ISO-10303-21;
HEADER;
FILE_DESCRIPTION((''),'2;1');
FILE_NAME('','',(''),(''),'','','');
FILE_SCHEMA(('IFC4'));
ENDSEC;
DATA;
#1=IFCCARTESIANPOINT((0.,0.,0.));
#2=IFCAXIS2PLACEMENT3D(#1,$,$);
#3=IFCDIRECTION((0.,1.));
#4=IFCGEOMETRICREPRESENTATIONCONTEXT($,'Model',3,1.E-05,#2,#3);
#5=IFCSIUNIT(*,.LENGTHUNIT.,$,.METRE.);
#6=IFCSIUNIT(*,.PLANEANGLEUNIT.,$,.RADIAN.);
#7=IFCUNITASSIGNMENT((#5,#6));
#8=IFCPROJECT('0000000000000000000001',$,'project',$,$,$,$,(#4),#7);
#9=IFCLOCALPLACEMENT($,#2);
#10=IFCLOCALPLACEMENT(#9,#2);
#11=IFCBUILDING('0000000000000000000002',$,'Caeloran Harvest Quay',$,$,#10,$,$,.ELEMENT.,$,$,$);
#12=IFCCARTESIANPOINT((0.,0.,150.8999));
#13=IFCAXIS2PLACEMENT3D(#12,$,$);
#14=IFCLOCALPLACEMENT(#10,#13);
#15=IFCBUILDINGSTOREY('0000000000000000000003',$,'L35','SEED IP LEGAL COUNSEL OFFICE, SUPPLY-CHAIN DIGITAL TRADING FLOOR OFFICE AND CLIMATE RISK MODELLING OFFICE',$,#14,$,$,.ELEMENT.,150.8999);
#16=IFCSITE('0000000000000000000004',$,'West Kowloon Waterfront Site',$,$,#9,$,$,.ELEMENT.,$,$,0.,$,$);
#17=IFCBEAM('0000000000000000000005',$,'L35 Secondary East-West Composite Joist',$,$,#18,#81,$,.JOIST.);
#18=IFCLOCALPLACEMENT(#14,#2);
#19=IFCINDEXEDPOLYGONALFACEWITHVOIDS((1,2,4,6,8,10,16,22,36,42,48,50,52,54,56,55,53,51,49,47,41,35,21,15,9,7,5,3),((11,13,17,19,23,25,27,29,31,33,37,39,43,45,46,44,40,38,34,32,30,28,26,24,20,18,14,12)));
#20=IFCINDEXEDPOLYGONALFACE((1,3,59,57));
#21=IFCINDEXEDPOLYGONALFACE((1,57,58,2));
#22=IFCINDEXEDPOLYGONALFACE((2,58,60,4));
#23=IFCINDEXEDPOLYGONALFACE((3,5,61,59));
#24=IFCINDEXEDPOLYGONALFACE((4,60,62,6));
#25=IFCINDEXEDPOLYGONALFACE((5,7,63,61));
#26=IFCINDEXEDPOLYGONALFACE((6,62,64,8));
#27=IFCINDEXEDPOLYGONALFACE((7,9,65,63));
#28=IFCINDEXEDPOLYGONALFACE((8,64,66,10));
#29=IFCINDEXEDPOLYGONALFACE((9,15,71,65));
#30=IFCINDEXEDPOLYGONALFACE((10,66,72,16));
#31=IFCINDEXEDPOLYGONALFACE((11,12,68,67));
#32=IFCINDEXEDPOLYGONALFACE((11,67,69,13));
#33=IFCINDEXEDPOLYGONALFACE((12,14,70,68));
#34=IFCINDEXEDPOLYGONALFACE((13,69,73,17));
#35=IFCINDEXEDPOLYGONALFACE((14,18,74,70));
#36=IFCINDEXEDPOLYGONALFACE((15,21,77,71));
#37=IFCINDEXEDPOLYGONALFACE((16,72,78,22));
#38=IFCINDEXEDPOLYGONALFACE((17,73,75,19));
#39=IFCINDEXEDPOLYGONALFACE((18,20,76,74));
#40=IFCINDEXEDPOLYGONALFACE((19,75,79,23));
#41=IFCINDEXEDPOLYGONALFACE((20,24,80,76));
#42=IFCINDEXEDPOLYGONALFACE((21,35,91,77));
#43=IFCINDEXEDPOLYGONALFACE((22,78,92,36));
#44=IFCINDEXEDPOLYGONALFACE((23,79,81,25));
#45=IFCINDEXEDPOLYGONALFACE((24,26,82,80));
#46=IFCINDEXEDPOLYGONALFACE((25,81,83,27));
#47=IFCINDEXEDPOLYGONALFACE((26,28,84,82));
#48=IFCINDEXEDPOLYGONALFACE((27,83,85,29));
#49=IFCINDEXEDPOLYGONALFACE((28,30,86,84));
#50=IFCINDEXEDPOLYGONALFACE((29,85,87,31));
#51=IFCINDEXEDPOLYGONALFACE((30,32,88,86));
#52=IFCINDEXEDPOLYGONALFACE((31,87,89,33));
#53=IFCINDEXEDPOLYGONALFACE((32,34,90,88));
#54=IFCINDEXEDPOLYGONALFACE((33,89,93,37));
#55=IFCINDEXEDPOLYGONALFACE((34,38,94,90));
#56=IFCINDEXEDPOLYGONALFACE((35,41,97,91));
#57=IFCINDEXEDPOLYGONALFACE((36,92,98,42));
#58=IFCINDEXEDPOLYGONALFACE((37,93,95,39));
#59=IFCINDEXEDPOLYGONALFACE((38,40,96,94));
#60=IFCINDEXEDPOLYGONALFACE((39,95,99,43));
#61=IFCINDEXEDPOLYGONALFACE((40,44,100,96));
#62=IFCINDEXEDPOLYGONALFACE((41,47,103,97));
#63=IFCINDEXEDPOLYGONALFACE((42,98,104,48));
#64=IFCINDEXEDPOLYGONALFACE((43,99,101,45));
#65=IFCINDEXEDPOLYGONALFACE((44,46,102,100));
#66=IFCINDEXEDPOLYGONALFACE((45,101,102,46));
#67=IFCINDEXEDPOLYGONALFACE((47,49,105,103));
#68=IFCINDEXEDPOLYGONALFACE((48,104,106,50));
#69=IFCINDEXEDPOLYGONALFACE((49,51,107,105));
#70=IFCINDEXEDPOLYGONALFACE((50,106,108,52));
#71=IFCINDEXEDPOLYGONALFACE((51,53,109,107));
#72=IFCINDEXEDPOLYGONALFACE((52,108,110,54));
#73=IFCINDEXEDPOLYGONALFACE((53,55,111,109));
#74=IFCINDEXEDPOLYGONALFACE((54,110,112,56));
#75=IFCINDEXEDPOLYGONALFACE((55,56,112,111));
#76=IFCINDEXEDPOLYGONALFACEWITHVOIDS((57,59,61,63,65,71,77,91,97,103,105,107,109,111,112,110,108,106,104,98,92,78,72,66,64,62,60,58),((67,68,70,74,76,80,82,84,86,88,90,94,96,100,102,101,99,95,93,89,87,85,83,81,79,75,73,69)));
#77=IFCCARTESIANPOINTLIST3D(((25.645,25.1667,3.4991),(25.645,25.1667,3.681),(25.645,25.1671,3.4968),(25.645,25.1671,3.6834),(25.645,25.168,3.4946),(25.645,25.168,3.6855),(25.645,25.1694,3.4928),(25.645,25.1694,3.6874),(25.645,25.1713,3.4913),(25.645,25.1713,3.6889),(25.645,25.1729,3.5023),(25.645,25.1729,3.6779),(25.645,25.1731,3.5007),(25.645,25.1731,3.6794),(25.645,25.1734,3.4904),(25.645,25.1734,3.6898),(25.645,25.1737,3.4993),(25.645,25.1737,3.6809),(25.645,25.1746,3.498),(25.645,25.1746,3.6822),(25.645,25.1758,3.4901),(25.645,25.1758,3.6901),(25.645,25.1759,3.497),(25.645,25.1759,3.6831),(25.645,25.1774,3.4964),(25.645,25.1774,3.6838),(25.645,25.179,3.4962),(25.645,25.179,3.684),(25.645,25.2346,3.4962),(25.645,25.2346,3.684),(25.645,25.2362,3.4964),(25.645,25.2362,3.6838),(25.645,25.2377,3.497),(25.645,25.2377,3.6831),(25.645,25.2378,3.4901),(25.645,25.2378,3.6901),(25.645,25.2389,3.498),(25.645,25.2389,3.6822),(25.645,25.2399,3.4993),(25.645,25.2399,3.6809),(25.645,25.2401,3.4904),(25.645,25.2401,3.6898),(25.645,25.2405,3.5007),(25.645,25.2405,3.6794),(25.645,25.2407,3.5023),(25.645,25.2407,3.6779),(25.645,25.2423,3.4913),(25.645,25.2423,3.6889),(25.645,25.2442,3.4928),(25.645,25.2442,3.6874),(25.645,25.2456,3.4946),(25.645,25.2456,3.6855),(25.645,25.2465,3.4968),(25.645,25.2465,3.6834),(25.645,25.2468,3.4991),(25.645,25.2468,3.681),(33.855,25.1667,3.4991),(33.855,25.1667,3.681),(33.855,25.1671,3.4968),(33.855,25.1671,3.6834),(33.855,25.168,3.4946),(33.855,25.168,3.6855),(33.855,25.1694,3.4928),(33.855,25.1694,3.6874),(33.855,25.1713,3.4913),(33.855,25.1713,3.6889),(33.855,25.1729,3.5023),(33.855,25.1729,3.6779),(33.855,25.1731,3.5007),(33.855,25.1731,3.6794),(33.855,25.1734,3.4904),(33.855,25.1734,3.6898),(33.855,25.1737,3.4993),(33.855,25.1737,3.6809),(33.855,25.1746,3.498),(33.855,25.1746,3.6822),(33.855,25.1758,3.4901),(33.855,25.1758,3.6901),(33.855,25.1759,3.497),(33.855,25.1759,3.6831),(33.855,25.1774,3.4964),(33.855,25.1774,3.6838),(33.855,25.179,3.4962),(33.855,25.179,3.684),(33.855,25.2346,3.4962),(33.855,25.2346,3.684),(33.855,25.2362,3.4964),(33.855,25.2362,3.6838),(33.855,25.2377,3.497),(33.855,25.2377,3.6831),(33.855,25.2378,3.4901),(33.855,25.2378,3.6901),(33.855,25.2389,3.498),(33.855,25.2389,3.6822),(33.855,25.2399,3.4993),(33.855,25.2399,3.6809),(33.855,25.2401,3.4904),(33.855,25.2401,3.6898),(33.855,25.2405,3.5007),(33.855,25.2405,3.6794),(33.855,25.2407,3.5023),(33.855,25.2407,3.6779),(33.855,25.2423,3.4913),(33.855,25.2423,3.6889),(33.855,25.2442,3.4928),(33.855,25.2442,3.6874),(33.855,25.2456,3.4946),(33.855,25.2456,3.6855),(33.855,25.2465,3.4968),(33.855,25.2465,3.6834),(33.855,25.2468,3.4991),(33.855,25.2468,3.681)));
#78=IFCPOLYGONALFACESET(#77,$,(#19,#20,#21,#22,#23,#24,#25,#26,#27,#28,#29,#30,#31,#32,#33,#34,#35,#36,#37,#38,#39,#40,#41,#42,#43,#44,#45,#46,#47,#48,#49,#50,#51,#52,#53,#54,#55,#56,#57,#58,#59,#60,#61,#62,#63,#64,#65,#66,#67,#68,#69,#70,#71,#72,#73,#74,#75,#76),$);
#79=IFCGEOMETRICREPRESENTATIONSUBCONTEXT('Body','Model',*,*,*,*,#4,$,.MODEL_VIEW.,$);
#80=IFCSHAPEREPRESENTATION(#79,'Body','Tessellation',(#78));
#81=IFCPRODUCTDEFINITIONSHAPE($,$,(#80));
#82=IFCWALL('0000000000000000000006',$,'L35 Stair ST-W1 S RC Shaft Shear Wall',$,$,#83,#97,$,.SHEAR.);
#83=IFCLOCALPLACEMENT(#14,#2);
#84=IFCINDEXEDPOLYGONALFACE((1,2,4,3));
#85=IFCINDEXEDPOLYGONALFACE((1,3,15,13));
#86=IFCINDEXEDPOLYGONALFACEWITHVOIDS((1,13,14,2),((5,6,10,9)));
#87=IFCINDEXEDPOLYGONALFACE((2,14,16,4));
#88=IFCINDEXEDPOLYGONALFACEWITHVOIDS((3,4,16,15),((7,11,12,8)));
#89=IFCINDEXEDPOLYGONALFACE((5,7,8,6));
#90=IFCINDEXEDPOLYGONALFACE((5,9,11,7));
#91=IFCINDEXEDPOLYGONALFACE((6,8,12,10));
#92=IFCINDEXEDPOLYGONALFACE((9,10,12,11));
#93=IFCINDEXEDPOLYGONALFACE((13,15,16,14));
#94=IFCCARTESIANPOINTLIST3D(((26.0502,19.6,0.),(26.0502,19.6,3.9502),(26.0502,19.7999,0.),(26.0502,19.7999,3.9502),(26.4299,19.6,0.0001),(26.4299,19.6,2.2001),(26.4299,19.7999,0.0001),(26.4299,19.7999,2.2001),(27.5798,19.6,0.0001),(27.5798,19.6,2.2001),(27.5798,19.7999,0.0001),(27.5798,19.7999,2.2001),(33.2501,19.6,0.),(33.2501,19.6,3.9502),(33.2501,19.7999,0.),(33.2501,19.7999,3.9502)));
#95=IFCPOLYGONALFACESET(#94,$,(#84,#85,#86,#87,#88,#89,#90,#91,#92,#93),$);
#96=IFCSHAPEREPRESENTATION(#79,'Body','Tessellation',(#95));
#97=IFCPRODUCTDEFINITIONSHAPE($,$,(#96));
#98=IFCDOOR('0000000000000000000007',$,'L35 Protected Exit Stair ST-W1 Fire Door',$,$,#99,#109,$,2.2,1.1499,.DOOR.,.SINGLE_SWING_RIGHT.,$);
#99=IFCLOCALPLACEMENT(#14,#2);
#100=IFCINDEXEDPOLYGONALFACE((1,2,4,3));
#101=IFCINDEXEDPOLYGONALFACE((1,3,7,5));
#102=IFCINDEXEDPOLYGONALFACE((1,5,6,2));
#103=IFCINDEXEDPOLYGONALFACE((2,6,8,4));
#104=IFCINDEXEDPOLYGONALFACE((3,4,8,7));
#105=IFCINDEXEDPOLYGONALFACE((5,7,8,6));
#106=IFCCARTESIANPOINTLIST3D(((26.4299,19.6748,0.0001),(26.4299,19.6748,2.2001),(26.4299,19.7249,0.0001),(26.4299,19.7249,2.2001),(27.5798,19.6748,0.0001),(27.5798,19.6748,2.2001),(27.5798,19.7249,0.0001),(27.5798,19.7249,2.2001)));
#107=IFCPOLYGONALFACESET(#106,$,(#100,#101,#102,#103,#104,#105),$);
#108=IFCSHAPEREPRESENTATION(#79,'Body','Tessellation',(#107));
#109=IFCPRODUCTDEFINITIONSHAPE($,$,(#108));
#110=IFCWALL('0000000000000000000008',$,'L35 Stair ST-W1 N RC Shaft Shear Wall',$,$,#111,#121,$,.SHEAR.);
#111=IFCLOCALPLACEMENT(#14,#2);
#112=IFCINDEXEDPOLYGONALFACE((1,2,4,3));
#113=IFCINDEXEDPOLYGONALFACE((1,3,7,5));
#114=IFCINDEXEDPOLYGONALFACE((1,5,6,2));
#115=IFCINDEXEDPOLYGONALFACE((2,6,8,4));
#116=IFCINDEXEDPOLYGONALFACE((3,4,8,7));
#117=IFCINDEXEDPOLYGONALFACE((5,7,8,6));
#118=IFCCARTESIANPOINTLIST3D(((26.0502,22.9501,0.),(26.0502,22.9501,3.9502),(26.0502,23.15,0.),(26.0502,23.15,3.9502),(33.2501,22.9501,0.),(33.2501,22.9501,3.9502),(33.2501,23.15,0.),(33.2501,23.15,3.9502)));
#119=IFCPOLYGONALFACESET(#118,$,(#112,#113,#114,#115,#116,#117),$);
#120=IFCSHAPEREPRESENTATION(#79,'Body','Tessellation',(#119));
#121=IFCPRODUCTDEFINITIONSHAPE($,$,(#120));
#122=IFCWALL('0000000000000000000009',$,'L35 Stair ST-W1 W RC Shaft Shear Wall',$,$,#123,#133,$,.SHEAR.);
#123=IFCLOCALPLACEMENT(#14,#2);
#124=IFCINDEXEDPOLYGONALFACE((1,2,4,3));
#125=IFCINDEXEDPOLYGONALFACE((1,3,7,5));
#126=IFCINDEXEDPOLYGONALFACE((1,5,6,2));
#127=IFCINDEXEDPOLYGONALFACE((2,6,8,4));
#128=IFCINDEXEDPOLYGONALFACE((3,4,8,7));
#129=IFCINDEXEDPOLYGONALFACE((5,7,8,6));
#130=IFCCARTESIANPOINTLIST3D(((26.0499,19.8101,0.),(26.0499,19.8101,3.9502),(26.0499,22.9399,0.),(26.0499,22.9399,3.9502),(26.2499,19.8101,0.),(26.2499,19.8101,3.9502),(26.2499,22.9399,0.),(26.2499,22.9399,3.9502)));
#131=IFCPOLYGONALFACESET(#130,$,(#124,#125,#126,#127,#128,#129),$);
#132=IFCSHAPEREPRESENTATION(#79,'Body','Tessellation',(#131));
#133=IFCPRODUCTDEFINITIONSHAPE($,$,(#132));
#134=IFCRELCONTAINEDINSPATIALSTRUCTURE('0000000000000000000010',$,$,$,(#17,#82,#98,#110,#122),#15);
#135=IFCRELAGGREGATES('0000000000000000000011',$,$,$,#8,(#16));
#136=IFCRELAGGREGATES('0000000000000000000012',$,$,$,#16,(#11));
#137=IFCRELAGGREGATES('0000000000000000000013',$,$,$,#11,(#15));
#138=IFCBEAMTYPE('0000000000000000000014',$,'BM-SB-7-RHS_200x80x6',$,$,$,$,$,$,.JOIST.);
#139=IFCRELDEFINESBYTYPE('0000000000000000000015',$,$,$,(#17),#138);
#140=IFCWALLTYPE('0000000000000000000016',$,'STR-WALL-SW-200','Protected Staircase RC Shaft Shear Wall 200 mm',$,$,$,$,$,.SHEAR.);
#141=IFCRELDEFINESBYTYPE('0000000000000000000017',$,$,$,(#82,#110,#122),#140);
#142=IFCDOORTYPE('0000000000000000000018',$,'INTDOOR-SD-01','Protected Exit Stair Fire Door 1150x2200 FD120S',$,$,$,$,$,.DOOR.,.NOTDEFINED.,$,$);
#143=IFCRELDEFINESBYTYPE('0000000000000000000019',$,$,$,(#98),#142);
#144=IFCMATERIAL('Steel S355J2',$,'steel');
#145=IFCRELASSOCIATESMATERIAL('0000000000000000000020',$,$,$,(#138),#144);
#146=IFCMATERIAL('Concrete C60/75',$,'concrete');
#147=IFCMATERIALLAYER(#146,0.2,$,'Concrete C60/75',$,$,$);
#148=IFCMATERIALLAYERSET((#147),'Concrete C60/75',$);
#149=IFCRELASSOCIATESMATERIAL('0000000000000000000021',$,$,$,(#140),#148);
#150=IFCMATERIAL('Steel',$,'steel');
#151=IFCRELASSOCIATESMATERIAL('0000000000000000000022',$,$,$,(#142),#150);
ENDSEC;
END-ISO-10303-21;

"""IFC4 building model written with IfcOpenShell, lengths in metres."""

from ifc_helpers import new_model, si_unit, direction, frame, frame_2d, origin, origin_2d, place, context, subcontext, project, spatial, rectangle, hollow_rectangle, extrude, material, layer, layer_set, material_profile, profile_set, type_object, element, fill, save


model = new_model("IFC4")

# Units and contexts
model_context = context("Model", 3, precision=1e-05, world=origin(), true_north=direction((0.0, 1.0)))
body_context = subcontext(model_context, "Body", "Model", "MODEL_VIEW")
ifc_project = project(units=[si_unit("LENGTHUNIT", "METRE"), si_unit("PLANEANGLEUNIT", "RADIAN")], contexts=[model_context])

# Site, building, storey
site_placement = place(None, origin())
site = spatial("IfcSite", under=ifc_project, at=site_placement, Name="West Kowloon Waterfront Site", CompositionType="ELEMENT", RefElevation=0.0)
building_placement = place(site_placement, origin())
building = spatial("IfcBuilding", under=site, at=building_placement, Name="Caeloran Harvest Quay", CompositionType="ELEMENT")
storey_placement = place(building_placement, frame((0.0, 0.0, 150.8999)))
storey = spatial("IfcBuildingStorey", under=building, at=storey_placement, Name="L35", Description="SEED IP LEGAL COUNSEL OFFICE, SUPPLY-CHAIN DIGITAL TRADING FLOOR OFFICE AND CLIMATE RISK MODELLING OFFICE", CompositionType="ELEMENT", Elevation=150.8999)

# Beam
ifc_material_1 = material(Name="Steel S355J2", Category="steel")
ifc_material_profile_1 = material_profile(ifc_material_1, hollow_rectangle(XDim=0.0801, YDim=0.2, WallThickness=0.0061, InnerFilletRadius=0.0061, OuterFilletRadius=0.009, at=origin_2d()), Name="RHS 200x80x6")
ifc_profile_set_1 = profile_set([ifc_material_profile_1], Name="Steel S355J2")
beam_type_1 = type_object("IfcBeamType", Name="BM-SB-7-RHS_200x80x6", PredefinedType="JOIST", material=ifc_profile_set_1)
for number, where, z_axis, x_axis, name in (
    (1, (25.645, 25.2068, 3.5901), (1.0, 0.0, 0.0), (0.0, 1.0, 0.0), "L35 Secondary East-West Composite Joist"),
):
    element("IfcBeam", number, at=place(storey_placement, frame(where, z_axis=z_axis, x_axis=x_axis)), inside=storey, type_object=beam_type_1, Name=name, PredefinedType="JOIST", context=body_context, shape_type="SweptSolid", body=[
        extrude(hollow_rectangle(XDim=0.0801, YDim=0.2, WallThickness=0.0061, InnerFilletRadius=0.0061, OuterFilletRadius=0.009, at=origin_2d()), origin(), (0.0, 0.0, 1.0), 8.21),
    ])

# Wall, opening, door
ifc_material_2 = material(Name="Concrete C60/75", Category="concrete")
ifc_layer_1 = layer(ifc_material_2, 0.2, Name="Concrete C60/75")
ifc_layer_set_1 = layer_set([ifc_layer_1], Name="Concrete C60/75")
wall_type_1 = type_object("IfcWallType", Name="STR-WALL-SW-200", Description="Protected Staircase RC Shaft Shear Wall 200 mm", PredefinedType="SHEAR", material=ifc_layer_set_1)
wall_1_placement = place(storey_placement, frame((26.05, 19.7, 0.0), z_axis=(0.0, 0.0, 1.0), x_axis=(1.0, 0.0, 0.0)))
wall_1 = element("IfcWall", 2, at=wall_1_placement, inside=storey, type_object=wall_type_1, Name="L35 Stair ST-W1 S RC Shaft Shear Wall", PredefinedType="SHEAR", context=body_context, shape_type="SweptSolid", body=[
    extrude(rectangle(XDim=7.2, YDim=0.2, at=frame_2d((3.6001, 0.0))), origin(), (0.0, 0.0, 1.0), 3.9502),
])
opening_1_placement = place(wall_1_placement, frame((0.3799, 0.0, 0.0)))
opening_1 = element("IfcOpeningElement", 3, at=opening_1_placement, cuts=wall_1, PredefinedType="OPENING", context=body_context, shape_type="SweptSolid", body=[
    extrude(rectangle(XDim=1.1499, YDim=2.2, at=frame_2d((0.575, 1.1001))), frame((0.0, 0.1099, 0.0), z_axis=(0.0, -1.0, 0.0), x_axis=(1.0, 0.0, 0.0)), (0.0, 0.0, 1.0), 0.22),
])
ifc_material_3 = material(Name="Steel", Category="steel")
door_type_1 = type_object("IfcDoorType", Name="INTDOOR-SD-01", Description="Protected Exit Stair Fire Door 1150x2200 FD120S", OperationType="NOTDEFINED", PredefinedType="DOOR", material=ifc_material_3)
door_1_placement = place(opening_1_placement, origin())
door_1 = element("IfcDoor", 4, at=door_1_placement, inside=storey, type_object=door_type_1, Name="L35 Protected Exit Stair ST-W1 Fire Door", OperationType="SINGLE_SWING_RIGHT", OverallHeight=2.2, OverallWidth=1.1499, PredefinedType="DOOR", context=body_context, shape_type="SweptSolid", body=[
    extrude(rectangle(XDim=1.1499, YDim=2.2, at=frame_2d((0.575, 1.1001))), frame((0.0, 0.0249, 0.0), z_axis=(0.0, -1.0, 0.0), x_axis=(1.0, 0.0, 0.0)), (0.0, 0.0, 1.0), 0.05),
])
fill(opening_1, door_1)

# Walls
wall_2_placement = place(storey_placement, frame((26.05, 23.05, 0.0), z_axis=(0.0, 0.0, 1.0), x_axis=(1.0, 0.0, 0.0)))
element("IfcWall", 5, at=wall_2_placement, inside=storey, type_object=wall_type_1, Name="L35 Stair ST-W1 N RC Shaft Shear Wall", PredefinedType="SHEAR", context=body_context, shape_type="SweptSolid", body=[
    extrude(rectangle(XDim=7.2, YDim=0.2, at=frame_2d((3.6001, 0.0))), origin(), (0.0, 0.0, 1.0), 3.9502),
])
wall_3_placement = place(storey_placement, frame((26.1499, 19.8101, 0.0), z_axis=(0.0, 0.0, 1.0), x_axis=(0.0, 1.0, 0.0)))
element("IfcWall", 6, at=wall_3_placement, inside=storey, type_object=wall_type_1, Name="L35 Stair ST-W1 W RC Shaft Shear Wall", PredefinedType="SHEAR", context=body_context, shape_type="SweptSolid", body=[
    extrude(rectangle(XDim=3.1299, YDim=0.2, at=frame_2d((1.5649, 0.0))), origin(), (0.0, 0.0, 1.0), 3.9502),
])

save(model, "model.ifc")
